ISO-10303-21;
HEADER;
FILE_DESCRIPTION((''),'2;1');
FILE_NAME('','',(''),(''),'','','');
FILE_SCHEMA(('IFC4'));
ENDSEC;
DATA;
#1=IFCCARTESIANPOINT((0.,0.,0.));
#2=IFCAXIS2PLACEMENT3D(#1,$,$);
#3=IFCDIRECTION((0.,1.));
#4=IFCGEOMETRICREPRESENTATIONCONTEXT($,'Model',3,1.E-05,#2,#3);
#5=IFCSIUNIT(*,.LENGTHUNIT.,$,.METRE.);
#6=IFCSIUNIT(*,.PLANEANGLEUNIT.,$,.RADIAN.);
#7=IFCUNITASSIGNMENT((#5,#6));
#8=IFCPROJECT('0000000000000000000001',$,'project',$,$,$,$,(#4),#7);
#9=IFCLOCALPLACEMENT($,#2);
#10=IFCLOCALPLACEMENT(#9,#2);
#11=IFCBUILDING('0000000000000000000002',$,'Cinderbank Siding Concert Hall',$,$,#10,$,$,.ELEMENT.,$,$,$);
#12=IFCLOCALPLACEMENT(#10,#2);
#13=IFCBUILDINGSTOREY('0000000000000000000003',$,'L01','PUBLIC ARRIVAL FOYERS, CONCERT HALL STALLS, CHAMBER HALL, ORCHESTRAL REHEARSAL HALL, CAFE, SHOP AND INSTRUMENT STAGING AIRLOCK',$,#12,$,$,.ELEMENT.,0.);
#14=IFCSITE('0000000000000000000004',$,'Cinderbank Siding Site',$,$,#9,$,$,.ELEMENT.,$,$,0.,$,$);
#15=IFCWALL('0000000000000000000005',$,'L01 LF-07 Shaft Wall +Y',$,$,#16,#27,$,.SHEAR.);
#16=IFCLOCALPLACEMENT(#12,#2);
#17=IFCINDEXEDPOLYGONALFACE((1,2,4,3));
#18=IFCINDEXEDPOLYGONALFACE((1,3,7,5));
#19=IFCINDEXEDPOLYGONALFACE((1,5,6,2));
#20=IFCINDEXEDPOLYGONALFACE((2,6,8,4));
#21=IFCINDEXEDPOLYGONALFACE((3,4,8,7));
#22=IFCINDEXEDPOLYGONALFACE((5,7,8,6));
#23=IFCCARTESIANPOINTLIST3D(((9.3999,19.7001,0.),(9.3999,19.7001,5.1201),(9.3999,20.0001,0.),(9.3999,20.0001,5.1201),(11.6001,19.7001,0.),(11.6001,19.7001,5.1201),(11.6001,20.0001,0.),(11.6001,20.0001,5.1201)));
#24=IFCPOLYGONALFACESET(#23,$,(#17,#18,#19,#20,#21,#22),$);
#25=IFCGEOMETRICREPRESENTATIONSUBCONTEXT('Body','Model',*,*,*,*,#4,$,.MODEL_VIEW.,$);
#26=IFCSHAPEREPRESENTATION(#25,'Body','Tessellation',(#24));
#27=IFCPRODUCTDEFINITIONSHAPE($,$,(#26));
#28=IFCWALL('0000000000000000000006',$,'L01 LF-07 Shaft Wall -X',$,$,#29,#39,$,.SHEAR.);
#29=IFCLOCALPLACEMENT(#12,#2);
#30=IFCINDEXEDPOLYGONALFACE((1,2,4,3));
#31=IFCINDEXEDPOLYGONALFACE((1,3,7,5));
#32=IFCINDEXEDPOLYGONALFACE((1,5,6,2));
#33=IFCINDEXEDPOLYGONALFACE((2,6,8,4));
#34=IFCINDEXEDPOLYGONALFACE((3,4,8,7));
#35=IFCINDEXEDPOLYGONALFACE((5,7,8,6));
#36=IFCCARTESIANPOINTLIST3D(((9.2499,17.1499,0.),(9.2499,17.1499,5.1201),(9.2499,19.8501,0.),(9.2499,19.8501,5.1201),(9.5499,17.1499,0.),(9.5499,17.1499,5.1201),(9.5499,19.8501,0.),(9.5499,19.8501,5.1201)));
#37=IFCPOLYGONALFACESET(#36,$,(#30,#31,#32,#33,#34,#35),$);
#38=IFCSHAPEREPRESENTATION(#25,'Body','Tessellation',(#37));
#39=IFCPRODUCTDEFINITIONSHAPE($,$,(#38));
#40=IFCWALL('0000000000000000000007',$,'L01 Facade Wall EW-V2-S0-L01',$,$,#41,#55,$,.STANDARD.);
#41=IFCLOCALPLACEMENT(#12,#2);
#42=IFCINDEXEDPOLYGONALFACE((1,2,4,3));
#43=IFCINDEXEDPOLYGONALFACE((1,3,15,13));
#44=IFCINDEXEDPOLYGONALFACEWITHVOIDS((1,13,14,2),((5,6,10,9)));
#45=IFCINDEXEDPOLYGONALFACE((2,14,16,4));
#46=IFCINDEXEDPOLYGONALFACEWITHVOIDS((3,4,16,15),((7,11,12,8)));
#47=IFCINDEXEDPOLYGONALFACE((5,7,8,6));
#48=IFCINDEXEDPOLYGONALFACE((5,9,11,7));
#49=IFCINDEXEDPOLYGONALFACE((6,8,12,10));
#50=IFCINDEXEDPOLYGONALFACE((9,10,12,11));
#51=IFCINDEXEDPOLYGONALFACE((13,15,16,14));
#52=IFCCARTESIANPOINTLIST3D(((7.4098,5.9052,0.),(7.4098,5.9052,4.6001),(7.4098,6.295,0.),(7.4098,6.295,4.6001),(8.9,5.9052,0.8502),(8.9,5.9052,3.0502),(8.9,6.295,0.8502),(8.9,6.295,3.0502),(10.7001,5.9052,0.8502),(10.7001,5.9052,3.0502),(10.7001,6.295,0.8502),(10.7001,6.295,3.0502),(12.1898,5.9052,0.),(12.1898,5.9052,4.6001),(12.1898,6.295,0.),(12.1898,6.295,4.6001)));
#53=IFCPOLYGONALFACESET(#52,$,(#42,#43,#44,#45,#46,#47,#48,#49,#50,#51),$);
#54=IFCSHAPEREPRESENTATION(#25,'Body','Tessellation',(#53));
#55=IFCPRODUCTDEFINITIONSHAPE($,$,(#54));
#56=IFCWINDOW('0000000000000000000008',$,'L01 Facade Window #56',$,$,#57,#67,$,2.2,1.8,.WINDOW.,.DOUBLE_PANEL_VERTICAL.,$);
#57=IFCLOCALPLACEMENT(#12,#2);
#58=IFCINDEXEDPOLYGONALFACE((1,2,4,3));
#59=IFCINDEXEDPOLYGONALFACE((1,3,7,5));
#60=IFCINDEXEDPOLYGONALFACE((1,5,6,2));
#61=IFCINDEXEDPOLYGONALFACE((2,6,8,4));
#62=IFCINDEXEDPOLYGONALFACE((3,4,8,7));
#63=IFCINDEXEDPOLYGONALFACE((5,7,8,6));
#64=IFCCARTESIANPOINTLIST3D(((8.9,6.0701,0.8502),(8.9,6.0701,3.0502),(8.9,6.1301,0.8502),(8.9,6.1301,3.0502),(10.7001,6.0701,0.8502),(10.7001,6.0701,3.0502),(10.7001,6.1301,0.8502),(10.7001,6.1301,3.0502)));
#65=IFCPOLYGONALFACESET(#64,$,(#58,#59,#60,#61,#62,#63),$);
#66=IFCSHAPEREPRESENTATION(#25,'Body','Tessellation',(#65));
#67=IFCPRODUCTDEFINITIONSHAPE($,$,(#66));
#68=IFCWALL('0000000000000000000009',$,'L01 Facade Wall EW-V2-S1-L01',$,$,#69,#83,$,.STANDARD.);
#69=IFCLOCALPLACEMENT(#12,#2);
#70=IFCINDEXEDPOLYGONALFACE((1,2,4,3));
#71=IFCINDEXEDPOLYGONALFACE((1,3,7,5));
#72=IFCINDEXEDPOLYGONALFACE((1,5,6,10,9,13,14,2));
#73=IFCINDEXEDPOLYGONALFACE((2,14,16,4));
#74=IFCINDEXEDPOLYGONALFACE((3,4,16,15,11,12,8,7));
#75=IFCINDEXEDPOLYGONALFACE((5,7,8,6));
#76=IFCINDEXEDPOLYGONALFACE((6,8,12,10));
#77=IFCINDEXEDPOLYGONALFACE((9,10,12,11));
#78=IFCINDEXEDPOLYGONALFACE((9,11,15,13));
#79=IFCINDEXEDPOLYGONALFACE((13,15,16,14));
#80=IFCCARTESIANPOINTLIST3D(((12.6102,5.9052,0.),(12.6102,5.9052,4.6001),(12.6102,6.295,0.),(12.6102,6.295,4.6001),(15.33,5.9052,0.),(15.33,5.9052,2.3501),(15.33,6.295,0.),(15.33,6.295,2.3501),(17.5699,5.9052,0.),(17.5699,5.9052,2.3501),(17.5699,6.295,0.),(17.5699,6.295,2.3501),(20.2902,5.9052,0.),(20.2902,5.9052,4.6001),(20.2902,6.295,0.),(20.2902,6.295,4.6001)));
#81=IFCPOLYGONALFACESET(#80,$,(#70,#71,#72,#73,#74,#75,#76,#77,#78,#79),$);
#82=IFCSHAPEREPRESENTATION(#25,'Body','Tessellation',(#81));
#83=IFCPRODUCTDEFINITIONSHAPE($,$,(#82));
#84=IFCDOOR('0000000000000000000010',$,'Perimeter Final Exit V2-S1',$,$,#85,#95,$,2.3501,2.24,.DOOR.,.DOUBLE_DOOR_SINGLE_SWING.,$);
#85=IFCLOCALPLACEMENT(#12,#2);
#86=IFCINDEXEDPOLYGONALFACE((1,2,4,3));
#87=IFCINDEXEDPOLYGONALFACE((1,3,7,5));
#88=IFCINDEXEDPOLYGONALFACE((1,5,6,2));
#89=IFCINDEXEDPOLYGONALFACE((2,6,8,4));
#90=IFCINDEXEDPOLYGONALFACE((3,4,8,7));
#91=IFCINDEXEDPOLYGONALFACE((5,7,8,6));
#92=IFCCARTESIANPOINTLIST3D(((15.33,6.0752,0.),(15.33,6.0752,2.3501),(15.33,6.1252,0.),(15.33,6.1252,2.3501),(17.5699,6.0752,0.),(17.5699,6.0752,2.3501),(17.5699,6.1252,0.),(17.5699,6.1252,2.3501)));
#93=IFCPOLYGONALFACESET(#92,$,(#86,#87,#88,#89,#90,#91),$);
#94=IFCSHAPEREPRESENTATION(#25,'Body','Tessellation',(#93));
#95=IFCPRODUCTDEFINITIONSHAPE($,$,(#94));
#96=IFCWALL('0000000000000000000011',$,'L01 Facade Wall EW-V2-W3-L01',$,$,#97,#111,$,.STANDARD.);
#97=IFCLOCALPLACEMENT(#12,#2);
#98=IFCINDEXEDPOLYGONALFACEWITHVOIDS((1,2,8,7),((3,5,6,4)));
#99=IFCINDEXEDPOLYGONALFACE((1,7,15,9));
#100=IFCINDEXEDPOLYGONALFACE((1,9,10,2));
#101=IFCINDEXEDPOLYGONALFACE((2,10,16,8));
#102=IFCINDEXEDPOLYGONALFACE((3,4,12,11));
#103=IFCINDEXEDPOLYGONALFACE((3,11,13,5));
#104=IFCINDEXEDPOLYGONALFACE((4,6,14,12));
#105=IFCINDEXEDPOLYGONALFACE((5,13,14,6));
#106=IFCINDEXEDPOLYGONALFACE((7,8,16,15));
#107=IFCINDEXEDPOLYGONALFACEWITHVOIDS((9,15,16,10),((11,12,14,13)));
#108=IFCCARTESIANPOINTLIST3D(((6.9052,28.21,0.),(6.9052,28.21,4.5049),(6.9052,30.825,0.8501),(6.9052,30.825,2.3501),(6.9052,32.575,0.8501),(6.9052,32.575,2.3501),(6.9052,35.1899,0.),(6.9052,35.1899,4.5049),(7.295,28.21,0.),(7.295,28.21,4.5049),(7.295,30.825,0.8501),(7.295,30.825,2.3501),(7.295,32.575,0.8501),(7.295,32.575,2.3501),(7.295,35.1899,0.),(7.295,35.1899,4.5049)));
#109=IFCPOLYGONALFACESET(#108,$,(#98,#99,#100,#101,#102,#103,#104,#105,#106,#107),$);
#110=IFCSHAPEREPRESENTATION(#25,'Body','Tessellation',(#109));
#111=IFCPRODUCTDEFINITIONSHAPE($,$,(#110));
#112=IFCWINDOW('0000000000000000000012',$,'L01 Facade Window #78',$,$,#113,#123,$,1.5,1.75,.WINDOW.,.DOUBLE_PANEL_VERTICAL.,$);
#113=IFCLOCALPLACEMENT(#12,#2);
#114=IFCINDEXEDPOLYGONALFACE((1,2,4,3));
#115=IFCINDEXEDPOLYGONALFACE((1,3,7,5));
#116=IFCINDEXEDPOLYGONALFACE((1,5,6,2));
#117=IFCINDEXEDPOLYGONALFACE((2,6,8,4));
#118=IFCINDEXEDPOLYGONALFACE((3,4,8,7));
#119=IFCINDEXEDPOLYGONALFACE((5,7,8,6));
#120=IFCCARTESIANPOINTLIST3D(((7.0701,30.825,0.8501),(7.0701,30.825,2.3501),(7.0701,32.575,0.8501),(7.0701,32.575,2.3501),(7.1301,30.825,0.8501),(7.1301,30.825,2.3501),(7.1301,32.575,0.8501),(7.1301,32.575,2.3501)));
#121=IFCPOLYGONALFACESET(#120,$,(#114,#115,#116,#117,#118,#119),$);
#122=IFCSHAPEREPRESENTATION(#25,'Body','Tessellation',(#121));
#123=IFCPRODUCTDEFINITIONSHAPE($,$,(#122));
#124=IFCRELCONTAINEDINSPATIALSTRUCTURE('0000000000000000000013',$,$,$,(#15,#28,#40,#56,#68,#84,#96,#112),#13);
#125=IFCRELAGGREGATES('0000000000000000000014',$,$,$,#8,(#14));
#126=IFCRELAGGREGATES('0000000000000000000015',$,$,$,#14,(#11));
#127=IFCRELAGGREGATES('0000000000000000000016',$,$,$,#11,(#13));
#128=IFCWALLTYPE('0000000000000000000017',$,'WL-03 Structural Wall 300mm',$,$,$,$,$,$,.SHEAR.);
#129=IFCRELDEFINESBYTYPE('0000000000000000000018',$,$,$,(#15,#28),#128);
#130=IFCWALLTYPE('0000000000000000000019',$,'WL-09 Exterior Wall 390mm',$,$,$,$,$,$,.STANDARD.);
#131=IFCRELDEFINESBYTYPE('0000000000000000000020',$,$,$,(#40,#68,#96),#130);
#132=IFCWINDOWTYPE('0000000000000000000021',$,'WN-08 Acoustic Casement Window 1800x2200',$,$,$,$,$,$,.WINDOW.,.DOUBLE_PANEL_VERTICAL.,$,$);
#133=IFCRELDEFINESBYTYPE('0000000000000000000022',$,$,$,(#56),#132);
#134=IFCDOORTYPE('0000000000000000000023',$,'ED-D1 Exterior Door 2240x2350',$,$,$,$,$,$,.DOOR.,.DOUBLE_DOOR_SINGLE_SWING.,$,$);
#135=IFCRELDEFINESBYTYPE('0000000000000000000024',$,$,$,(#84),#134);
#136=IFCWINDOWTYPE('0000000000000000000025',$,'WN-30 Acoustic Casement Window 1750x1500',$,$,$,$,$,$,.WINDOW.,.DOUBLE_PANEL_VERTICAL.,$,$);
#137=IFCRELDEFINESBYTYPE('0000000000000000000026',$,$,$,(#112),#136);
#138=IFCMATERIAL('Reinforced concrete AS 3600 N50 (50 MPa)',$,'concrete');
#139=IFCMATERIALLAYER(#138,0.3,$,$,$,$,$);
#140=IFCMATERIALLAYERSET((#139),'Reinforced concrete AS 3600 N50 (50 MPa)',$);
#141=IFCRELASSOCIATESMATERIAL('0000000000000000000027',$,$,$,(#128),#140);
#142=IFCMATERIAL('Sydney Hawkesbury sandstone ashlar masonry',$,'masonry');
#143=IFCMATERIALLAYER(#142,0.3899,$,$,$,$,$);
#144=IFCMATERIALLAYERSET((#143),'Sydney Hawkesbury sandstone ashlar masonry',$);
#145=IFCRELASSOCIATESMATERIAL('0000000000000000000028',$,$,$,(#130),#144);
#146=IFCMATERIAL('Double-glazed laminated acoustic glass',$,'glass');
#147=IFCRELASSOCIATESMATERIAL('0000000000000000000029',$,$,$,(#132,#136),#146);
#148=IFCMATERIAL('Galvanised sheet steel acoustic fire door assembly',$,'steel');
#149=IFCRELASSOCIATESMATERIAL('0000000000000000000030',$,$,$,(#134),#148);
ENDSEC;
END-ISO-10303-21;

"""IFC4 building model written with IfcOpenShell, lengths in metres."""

from ifc_helpers import new_model, si_unit, direction, frame, frame_2d, origin, place, context, subcontext, project, spatial, rectangle, extrude, material, layer, layer_set, type_object, element, fill, save


model = new_model("IFC4")

# Units and contexts
model_context = context("Model", 3, precision=1e-05, world=origin(), true_north=direction((0.0, 1.0)))
body_context = subcontext(model_context, "Body", "Model", "MODEL_VIEW")
ifc_project = project(units=[si_unit("LENGTHUNIT", "METRE"), si_unit("PLANEANGLEUNIT", "RADIAN")], contexts=[model_context])

# Site, building, storey
site_placement = place(None, origin())
site = spatial("IfcSite", under=ifc_project, at=site_placement, Name="Cinderbank Siding Site", CompositionType="ELEMENT", RefElevation=0.0)
building_placement = place(site_placement, origin())
building = spatial("IfcBuilding", under=site, at=building_placement, Name="Cinderbank Siding Concert Hall", CompositionType="ELEMENT")
storey_placement = place(building_placement, origin())
storey = spatial("IfcBuildingStorey", under=building, at=storey_placement, Name="L01", Description="PUBLIC ARRIVAL FOYERS, CONCERT HALL STALLS, CHAMBER HALL, ORCHESTRAL REHEARSAL HALL, CAFE, SHOP AND INSTRUMENT STAGING AIRLOCK", CompositionType="ELEMENT", Elevation=0.0)

# Shared definitions
ifc_material_1 = material(Name="Reinforced concrete AS 3600 N50 (50 MPa)", Category="concrete")

# Shared definitions
ifc_layer_1 = layer(ifc_material_1, 0.3)
ifc_layer_set_1 = layer_set([ifc_layer_1], Name="Reinforced concrete AS 3600 N50 (50 MPa)")
wall_type_1 = type_object("IfcWallType", Name="WL-03 Structural Wall 300mm", PredefinedType="SHEAR", material=ifc_layer_set_1)
ifc_material_2 = material(Name="Galvanised sheet steel acoustic fire door assembly", Category="steel")

# Walls
wall_1_placement = place(storey_placement, frame((9.3999, 19.8501, 0.0), z_axis=(0.0, 0.0, 1.0), x_axis=(1.0, 0.0, 0.0)))
element("IfcWall", 1, at=wall_1_placement, inside=storey, type_object=wall_type_1, Name="L01 LF-07 Shaft Wall +Y", PredefinedType="SHEAR", context=body_context, shape_type="SweptSolid", body=[
    extrude(rectangle(XDim=2.2002, YDim=0.3, at=frame_2d((1.1001, 0.0))), origin(), (0.0, 0.0, 1.0), 5.1201),
])
wall_2_placement = place(storey_placement, frame((9.3999, 17.1499, 0.0), z_axis=(0.0, 0.0, 1.0), x_axis=(0.0, 1.0, 0.0)))
element("IfcWall", 2, at=wall_2_placement, inside=storey, type_object=wall_type_1, Name="L01 LF-07 Shaft Wall -X", PredefinedType="SHEAR", context=body_context, shape_type="SweptSolid", body=[
    extrude(rectangle(XDim=2.7002, YDim=0.3, at=frame_2d((1.3501, 0.0))), origin(), (0.0, 0.0, 1.0), 5.1201),
])

# Wall, opening, window
ifc_material_3 = material(Name="Sydney Hawkesbury sandstone ashlar masonry", Category="masonry")
ifc_layer_2 = layer(ifc_material_3, 0.3899)
ifc_layer_set_2 = layer_set([ifc_layer_2], Name="Sydney Hawkesbury sandstone ashlar masonry")
wall_type_2 = type_object("IfcWallType", Name="WL-09 Exterior Wall 390mm", PredefinedType="STANDARD", material=ifc_layer_set_2)
wall_3_placement = place(storey_placement, frame((12.1899, 6.1001, 0.0), z_axis=(0.0, 0.0, 1.0), x_axis=(-1.0, 0.0, 0.0)))
wall_3 = element("IfcWall", 3, at=wall_3_placement, inside=storey, type_object=wall_type_2, Name="L01 Facade Wall EW-V2-S0-L01", PredefinedType="STANDARD", context=body_context, shape_type="SweptSolid", body=[
    extrude(rectangle(XDim=4.78, YDim=0.3899, at=frame_2d((2.3901, 0.0))), origin(), (0.0, 0.0, 1.0), 4.6001),
])
opening_1_placement = place(wall_3_placement, frame((1.49, 0.0, 0.8501)))
opening_1 = element("IfcOpeningElement", 4, at=opening_1_placement, cuts=wall_3, PredefinedType="OPENING", context=body_context, shape_type="SweptSolid", body=[
    extrude(rectangle(XDim=1.8, YDim=2.2, at=frame_2d((0.8999, 1.1001))), frame((0.0, 0.207, 0.0), z_axis=(0.0, -1.0, 0.0), x_axis=(1.0, 0.0, 0.0)), (0.0, 0.0, 1.0), 0.4138),
])
ifc_material_4 = material(Name="Double-glazed laminated acoustic glass", Category="glass")
window_type_1 = type_object("IfcWindowType", Name="WN-08 Acoustic Casement Window 1800x2200", PartitioningType="DOUBLE_PANEL_VERTICAL", PredefinedType="WINDOW", material=ifc_material_4)
window_1_placement = place(opening_1_placement, origin())
window_1 = element("IfcWindow", 5, at=window_1_placement, inside=storey, type_object=window_type_1, Name="L01 Facade Window #56", OverallHeight=2.2, OverallWidth=1.8, PartitioningType="DOUBLE_PANEL_VERTICAL", PredefinedType="WINDOW", context=body_context, shape_type="SweptSolid", body=[
    extrude(rectangle(XDim=1.8, YDim=2.2, at=frame_2d((0.8999, 1.1001))), frame((0.0, 0.03, 0.0), z_axis=(0.0, -1.0, 0.0), x_axis=(1.0, 0.0, 0.0)), (0.0, 0.0, 1.0), 0.0601),
])
fill(opening_1, window_1)

# Wall, opening, door
wall_4_placement = place(storey_placement, frame((20.29, 6.1001, 0.0), z_axis=(0.0, 0.0, 1.0), x_axis=(-1.0, 0.0, 0.0)))
wall_4 = element("IfcWall", 6, at=wall_4_placement, inside=storey, type_object=wall_type_2, Name="L01 Facade Wall EW-V2-S1-L01", PredefinedType="STANDARD", context=body_context, shape_type="SweptSolid", body=[
    extrude(rectangle(XDim=7.6799, YDim=0.3899, at=frame_2d((3.8398, 0.0))), origin(), (0.0, 0.0, 1.0), 4.6001),
])
opening_2_placement = place(wall_4_placement, frame((2.72, 0.0, 0.0)))
opening_2 = element("IfcOpeningElement", 7, at=opening_2_placement, cuts=wall_4, PredefinedType="OPENING", context=body_context, shape_type="SweptSolid", body=[
    extrude(rectangle(XDim=2.24, YDim=2.3501, at=frame_2d((1.1201, 1.175))), frame((0.0, 0.207, 0.0), z_axis=(0.0, -1.0, 0.0), x_axis=(1.0, 0.0, 0.0)), (0.0, 0.0, 1.0), 0.4138),
])
door_type_1 = type_object("IfcDoorType", Name="ED-D1 Exterior Door 2240x2350", OperationType="DOUBLE_DOOR_SINGLE_SWING", PredefinedType="DOOR", material=ifc_material_2)
door_1_placement = place(opening_2_placement, origin())
door_1 = element("IfcDoor", 8, at=door_1_placement, inside=storey, type_object=door_type_1, Name="Perimeter Final Exit V2-S1", OperationType="DOUBLE_DOOR_SINGLE_SWING", OverallHeight=2.3501, OverallWidth=2.24, PredefinedType="DOOR", context=body_context, shape_type="SweptSolid", body=[
    extrude(rectangle(XDim=2.24, YDim=2.3501, at=frame_2d((1.1201, 1.175))), frame((0.0, 0.0249, 0.0), z_axis=(0.0, -1.0, 0.0), x_axis=(1.0, 0.0, 0.0)), (0.0, 0.0, 1.0), 0.05),
])
fill(opening_2, door_1)

# Wall, opening, window
wall_5_placement = place(storey_placement, frame((7.1001, 28.21, 0.0), z_axis=(0.0, 0.0, 1.0), x_axis=(0.0, 1.0, 0.0)))
wall_5 = element("IfcWall", 9, at=wall_5_placement, inside=storey, type_object=wall_type_2, Name="L01 Facade Wall EW-V2-W3-L01", PredefinedType="STANDARD", context=body_context, shape_type="SweptSolid", body=[
    extrude(rectangle(XDim=6.98, YDim=0.3899, at=frame_2d((3.49, 0.0))), origin(), (0.0, 0.0, 1.0), 4.5049),
])
opening_3_placement = place(wall_5_placement, frame((2.615, 0.0, 0.8501)))
opening_3 = element("IfcOpeningElement", 10, at=opening_3_placement, cuts=wall_5, PredefinedType="OPENING", context=body_context, shape_type="SweptSolid", body=[
    extrude(rectangle(XDim=1.75, YDim=1.5, at=frame_2d((0.875, 0.75))), frame((0.0, 0.207, 0.0), z_axis=(0.0, -1.0, 0.0), x_axis=(1.0, 0.0, 0.0)), (0.0, 0.0, 1.0), 0.4138),
])
window_type_2 = type_object("IfcWindowType", Name="WN-30 Acoustic Casement Window 1750x1500", PartitioningType="DOUBLE_PANEL_VERTICAL", PredefinedType="WINDOW", material=ifc_material_4)
window_2_placement = place(opening_3_placement, origin())
window_2 = element("IfcWindow", 11, at=window_2_placement, inside=storey, type_object=window_type_2, Name="L01 Facade Window #78", OverallHeight=1.5, OverallWidth=1.75, PartitioningType="DOUBLE_PANEL_VERTICAL", PredefinedType="WINDOW", context=body_context, shape_type="SweptSolid", body=[
    extrude(rectangle(XDim=1.75, YDim=1.5, at=frame_2d((0.875, 0.75))), frame((0.0, 0.03, 0.0), z_axis=(0.0, -1.0, 0.0), x_axis=(1.0, 0.0, 0.0)), (0.0, 0.0, 1.0), 0.0601),
])
fill(opening_3, window_2)

save(model, "model.ifc")
